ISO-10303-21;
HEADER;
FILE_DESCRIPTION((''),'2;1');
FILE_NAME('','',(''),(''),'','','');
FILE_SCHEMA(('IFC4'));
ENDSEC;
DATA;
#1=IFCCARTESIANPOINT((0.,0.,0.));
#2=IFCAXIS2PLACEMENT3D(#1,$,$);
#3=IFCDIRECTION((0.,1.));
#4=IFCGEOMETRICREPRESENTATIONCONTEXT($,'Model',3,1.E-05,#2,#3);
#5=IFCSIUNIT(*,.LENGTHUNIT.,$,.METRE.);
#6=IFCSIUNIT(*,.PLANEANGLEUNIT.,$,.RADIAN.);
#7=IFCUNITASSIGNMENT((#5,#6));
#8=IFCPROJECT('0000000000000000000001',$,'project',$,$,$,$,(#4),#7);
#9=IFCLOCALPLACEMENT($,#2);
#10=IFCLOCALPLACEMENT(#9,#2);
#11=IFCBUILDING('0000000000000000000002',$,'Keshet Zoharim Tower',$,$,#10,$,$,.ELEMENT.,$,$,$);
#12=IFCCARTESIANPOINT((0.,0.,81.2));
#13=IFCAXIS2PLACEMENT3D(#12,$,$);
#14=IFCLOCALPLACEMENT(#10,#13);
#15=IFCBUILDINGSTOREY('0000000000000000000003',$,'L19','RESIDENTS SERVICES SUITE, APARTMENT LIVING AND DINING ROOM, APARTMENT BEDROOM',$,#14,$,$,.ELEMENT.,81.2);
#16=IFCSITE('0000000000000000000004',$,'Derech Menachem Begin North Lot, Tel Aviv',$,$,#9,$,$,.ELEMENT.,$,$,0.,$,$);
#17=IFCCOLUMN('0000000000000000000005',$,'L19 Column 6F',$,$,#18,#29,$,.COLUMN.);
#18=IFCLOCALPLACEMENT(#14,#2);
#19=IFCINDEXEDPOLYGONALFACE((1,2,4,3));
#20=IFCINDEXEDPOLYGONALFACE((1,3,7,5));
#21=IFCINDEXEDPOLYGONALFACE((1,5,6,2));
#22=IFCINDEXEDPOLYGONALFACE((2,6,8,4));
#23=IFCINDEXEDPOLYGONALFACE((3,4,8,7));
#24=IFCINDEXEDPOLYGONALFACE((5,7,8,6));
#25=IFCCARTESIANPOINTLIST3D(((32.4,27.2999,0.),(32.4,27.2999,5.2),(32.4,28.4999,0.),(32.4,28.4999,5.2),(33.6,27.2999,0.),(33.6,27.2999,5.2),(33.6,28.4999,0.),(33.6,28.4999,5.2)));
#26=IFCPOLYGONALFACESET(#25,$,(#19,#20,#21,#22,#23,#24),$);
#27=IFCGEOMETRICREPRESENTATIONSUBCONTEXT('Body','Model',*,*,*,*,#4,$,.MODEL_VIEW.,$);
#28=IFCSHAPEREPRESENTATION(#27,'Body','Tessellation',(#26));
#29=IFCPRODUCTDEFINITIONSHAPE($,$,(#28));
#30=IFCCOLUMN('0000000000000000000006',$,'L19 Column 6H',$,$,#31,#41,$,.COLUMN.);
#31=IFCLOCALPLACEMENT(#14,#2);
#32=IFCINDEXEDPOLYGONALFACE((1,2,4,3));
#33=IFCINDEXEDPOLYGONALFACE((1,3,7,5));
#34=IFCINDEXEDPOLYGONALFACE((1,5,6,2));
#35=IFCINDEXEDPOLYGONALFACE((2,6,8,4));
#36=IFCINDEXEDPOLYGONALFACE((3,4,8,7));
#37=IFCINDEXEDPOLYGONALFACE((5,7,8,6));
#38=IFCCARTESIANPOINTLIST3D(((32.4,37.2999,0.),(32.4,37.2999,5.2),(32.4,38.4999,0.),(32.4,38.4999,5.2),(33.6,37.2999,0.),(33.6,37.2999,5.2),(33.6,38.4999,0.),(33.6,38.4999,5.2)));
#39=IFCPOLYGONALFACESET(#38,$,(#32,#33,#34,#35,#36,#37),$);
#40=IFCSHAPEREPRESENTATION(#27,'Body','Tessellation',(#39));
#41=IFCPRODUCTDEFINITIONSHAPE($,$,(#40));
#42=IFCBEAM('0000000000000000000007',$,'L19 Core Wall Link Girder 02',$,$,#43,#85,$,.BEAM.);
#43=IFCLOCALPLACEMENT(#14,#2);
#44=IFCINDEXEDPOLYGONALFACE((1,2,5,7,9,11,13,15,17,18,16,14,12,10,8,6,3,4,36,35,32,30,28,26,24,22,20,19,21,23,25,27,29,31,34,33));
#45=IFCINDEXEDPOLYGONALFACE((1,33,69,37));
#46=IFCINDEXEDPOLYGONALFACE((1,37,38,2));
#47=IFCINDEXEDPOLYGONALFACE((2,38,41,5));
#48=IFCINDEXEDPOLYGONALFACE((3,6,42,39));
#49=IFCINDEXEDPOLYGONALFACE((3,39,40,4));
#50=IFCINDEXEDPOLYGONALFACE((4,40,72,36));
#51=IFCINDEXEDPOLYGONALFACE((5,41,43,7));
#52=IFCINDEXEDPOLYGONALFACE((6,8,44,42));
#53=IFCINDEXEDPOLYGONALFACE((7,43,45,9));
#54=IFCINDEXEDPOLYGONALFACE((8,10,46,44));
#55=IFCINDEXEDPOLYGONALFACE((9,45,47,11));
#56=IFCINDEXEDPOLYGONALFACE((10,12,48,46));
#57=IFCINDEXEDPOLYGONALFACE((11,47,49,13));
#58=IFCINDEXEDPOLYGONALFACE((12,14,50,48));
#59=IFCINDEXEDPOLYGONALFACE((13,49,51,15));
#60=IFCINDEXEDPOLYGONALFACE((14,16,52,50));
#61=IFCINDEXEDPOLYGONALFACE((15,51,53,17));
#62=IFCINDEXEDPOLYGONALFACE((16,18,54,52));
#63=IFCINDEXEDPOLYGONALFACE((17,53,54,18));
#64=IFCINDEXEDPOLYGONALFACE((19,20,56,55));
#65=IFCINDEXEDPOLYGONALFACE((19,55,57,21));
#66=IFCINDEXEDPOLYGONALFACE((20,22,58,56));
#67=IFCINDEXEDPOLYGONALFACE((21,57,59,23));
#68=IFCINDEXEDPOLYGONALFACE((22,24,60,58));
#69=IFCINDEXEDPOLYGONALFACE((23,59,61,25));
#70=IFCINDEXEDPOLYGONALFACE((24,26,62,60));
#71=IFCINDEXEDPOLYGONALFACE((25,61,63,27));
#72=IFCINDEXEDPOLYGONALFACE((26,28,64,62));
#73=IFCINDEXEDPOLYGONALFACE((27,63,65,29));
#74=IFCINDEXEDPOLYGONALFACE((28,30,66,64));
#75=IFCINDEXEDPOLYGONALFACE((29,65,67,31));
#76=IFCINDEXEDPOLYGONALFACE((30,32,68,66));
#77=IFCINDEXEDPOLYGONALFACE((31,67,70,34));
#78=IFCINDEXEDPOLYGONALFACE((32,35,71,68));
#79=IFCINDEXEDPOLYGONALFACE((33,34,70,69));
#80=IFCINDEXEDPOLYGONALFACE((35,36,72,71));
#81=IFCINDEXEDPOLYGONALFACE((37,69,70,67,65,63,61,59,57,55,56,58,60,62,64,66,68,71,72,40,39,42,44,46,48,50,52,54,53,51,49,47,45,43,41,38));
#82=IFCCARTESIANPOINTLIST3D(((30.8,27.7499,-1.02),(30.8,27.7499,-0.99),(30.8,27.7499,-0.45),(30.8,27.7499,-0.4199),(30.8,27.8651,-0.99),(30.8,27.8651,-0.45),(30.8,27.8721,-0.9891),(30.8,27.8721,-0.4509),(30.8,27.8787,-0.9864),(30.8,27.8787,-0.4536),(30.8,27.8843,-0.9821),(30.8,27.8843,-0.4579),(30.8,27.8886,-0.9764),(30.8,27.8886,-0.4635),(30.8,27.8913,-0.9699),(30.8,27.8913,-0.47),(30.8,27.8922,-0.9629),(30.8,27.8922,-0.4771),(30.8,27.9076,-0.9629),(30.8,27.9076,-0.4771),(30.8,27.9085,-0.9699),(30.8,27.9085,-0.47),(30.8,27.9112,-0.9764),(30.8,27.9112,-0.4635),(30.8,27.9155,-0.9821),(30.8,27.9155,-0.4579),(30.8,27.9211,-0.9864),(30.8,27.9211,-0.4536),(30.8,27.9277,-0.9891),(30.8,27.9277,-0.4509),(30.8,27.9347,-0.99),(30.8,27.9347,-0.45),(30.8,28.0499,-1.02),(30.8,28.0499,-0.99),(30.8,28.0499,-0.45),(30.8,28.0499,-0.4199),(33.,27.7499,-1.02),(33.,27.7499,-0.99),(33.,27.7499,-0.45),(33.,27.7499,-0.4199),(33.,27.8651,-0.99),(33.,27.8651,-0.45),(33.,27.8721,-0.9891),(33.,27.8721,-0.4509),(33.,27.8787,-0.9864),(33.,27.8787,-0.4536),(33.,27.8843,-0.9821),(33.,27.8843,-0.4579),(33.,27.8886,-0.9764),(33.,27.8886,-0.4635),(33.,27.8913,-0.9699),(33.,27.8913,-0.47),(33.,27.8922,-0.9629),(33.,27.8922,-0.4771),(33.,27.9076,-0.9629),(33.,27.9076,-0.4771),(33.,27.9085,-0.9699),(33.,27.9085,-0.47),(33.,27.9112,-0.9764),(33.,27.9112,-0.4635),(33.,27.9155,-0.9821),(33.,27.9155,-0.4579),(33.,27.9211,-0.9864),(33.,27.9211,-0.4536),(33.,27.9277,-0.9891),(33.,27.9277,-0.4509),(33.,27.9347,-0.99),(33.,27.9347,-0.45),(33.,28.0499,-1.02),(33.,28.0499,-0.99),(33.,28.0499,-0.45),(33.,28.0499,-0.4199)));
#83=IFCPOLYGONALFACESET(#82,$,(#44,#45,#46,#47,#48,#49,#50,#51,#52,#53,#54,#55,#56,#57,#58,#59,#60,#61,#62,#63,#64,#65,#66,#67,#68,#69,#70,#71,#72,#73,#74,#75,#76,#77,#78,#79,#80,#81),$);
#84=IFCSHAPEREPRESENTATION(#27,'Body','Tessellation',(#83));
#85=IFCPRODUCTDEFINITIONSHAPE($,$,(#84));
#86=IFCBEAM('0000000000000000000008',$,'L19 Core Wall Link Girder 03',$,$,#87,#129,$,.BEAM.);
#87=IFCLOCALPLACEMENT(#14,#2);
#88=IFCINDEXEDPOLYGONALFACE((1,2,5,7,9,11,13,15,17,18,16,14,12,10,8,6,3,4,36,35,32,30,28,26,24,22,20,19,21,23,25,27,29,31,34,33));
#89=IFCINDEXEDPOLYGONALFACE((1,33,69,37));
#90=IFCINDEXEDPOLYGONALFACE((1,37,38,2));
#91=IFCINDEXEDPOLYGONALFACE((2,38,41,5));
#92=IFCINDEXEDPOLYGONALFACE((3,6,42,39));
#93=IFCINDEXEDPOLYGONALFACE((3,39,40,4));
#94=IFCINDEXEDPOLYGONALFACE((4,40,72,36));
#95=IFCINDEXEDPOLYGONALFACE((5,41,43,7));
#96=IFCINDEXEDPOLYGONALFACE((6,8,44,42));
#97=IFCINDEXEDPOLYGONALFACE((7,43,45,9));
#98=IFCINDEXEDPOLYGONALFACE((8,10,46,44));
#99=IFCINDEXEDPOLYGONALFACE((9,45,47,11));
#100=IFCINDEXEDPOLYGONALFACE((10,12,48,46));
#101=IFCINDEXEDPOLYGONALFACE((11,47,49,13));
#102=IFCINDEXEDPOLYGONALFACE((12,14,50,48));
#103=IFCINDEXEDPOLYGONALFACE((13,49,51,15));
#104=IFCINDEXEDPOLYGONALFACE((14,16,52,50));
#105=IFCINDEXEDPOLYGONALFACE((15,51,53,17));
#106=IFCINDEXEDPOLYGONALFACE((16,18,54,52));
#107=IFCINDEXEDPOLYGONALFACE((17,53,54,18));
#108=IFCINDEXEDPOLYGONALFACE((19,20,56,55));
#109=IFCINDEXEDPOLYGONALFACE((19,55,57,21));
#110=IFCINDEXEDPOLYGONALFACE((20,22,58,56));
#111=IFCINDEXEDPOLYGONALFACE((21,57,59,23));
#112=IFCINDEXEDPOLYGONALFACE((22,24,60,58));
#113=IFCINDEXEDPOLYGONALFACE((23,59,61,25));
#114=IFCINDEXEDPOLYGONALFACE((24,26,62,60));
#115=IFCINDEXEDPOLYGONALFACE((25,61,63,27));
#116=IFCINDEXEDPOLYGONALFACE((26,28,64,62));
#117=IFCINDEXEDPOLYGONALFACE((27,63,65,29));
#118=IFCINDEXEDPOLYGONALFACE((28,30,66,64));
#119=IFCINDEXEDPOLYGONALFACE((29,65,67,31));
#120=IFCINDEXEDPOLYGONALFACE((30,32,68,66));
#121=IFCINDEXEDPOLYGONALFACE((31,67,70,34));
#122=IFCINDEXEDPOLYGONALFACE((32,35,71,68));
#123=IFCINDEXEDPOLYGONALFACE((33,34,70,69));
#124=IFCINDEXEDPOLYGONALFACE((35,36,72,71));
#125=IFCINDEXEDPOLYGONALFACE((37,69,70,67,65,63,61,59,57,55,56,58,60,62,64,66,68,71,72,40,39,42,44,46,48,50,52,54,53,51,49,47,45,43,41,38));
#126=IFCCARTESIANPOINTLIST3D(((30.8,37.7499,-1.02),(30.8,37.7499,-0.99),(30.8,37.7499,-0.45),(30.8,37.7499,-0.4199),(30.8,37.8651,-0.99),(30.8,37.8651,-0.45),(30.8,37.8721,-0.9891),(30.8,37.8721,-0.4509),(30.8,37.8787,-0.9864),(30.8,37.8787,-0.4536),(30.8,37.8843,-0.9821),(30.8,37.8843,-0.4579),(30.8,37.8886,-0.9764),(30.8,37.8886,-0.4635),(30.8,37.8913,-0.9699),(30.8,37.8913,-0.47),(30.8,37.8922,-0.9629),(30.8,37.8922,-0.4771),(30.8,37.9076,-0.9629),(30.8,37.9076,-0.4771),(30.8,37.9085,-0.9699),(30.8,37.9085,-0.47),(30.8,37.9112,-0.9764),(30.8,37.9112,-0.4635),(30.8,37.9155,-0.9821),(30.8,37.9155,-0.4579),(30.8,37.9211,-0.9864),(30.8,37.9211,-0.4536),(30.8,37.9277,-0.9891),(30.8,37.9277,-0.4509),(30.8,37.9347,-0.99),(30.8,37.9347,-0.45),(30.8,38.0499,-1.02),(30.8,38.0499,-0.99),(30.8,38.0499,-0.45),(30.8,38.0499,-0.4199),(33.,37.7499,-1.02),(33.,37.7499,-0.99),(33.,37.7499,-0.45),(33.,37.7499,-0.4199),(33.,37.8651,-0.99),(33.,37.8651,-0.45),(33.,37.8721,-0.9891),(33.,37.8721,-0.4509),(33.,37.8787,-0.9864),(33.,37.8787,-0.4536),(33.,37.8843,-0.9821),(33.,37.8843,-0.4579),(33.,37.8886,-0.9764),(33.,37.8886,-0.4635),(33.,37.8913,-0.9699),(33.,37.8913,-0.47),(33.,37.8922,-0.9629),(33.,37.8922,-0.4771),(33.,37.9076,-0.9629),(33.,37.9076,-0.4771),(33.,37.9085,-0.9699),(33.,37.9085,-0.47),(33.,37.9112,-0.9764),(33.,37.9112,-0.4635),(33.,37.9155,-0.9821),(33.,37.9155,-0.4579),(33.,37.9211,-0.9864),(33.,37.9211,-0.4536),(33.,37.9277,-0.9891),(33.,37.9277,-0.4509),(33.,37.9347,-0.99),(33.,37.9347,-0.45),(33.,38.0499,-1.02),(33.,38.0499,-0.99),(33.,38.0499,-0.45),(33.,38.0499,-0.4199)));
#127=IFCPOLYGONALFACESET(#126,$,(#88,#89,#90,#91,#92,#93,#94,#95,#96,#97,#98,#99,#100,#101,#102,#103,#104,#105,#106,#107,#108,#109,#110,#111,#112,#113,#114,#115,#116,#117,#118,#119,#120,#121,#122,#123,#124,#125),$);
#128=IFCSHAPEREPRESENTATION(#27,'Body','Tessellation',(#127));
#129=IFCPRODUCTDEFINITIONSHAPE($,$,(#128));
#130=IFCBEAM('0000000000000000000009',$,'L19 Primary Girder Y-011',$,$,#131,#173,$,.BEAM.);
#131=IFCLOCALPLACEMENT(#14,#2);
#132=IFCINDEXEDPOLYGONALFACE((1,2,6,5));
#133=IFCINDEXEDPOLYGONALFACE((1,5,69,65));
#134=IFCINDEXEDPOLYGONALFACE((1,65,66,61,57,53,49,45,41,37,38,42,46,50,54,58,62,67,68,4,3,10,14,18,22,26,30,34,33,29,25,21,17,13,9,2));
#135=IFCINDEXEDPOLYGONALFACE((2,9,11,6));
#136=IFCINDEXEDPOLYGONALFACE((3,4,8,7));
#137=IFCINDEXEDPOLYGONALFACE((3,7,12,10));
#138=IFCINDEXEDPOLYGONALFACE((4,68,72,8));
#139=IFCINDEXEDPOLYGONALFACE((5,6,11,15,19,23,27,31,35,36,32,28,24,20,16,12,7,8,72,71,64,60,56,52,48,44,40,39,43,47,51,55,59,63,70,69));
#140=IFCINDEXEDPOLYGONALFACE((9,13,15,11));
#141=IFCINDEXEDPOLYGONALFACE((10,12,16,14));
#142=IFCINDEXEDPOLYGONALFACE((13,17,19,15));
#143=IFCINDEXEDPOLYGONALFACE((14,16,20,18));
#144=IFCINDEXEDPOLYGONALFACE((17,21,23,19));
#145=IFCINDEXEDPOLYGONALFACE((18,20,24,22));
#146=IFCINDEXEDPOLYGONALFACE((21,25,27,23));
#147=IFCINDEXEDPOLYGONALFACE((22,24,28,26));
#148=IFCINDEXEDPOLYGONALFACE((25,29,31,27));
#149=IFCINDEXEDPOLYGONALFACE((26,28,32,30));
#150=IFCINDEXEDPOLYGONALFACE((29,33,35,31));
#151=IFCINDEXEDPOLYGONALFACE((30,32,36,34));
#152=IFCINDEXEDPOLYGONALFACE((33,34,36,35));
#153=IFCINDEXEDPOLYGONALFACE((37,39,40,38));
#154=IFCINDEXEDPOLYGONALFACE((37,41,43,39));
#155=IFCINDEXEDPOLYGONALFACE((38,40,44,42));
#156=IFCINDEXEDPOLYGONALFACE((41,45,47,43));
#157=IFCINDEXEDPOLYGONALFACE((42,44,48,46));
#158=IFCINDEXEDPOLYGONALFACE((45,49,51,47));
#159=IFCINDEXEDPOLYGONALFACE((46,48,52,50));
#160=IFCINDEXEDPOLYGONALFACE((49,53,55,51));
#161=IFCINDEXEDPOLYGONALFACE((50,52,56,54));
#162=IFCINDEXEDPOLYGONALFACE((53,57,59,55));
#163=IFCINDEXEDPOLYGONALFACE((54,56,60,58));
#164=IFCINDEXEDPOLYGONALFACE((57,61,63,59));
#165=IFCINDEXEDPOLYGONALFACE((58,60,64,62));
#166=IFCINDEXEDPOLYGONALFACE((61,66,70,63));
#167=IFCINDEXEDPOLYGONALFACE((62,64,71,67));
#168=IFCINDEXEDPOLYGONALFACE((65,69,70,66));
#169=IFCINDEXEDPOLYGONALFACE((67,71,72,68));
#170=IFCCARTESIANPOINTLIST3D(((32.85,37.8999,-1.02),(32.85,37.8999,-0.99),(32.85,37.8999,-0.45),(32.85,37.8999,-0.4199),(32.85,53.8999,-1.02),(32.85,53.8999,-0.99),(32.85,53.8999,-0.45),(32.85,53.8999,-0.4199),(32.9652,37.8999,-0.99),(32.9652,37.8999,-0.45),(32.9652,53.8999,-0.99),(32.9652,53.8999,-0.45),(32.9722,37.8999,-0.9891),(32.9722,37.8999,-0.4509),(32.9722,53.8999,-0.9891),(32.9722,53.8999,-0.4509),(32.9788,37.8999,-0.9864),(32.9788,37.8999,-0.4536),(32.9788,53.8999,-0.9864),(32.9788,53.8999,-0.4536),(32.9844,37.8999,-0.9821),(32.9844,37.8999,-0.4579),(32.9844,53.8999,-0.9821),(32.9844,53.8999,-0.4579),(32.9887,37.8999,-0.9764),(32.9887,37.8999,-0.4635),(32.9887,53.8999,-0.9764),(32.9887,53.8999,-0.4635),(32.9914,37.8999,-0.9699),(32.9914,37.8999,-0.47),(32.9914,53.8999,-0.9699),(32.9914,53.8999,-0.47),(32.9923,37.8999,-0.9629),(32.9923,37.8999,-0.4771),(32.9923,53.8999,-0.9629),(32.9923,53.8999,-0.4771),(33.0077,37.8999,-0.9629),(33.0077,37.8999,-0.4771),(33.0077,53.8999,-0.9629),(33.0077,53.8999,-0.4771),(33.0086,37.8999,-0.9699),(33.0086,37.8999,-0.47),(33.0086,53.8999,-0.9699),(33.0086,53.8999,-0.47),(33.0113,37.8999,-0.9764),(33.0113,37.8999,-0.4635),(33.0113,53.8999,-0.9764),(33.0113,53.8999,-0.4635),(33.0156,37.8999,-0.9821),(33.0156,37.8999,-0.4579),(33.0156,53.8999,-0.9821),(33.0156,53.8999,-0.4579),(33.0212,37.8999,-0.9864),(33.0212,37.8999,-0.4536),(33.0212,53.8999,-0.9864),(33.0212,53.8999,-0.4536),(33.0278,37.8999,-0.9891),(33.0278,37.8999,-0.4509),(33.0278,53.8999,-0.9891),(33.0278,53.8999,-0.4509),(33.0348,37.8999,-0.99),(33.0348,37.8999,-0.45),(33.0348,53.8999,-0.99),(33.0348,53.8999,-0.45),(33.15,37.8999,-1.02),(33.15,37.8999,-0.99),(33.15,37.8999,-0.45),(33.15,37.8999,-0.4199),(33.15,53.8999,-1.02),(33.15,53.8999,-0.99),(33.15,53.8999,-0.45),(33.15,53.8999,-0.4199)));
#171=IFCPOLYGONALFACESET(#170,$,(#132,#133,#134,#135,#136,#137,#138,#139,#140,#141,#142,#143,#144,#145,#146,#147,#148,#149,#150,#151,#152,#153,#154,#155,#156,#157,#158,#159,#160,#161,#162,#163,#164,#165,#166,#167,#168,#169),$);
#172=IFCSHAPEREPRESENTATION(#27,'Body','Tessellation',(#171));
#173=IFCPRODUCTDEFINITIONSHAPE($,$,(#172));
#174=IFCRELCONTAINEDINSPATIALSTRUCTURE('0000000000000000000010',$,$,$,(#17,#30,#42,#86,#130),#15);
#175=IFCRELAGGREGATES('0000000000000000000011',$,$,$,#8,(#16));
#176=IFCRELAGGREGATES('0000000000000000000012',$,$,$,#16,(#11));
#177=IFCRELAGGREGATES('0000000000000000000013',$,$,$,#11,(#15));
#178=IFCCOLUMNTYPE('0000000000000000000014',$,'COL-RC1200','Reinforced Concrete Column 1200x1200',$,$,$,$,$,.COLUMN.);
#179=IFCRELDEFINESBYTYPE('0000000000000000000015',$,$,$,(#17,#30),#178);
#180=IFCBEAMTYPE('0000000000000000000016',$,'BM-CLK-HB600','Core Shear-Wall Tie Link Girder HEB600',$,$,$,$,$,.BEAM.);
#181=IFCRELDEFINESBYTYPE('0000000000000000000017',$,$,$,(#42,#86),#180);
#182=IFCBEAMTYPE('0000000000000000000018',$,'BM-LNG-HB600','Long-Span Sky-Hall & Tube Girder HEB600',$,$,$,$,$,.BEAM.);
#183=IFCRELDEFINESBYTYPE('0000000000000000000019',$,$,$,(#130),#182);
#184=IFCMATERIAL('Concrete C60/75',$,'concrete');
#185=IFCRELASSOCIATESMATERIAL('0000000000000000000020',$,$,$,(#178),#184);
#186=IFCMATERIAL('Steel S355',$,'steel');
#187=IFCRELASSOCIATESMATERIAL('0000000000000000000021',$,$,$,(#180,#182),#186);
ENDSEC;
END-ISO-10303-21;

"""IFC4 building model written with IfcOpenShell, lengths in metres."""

from ifc_helpers import new_model, si_unit, direction, frame, origin, origin_2d, place, context, subcontext, project, spatial, rectangle, i_section, extrude, material, material_profile, profile_set, type_object, element, save


model = new_model("IFC4")

# Units and contexts
model_context = context("Model", 3, precision=1e-05, world=origin(), true_north=direction((0.0, 1.0)))
body_context = subcontext(model_context, "Body", "Model", "MODEL_VIEW")
ifc_project = project(units=[si_unit("LENGTHUNIT", "METRE"), si_unit("PLANEANGLEUNIT", "RADIAN")], contexts=[model_context])

# Site, building, storey
site_placement = place(None, origin())
site = spatial("IfcSite", under=ifc_project, at=site_placement, Name="Derech Menachem Begin North Lot, Tel Aviv", CompositionType="ELEMENT", RefElevation=0.0)
building_placement = place(site_placement, origin())
building = spatial("IfcBuilding", under=site, at=building_placement, Name="Keshet Zoharim Tower", CompositionType="ELEMENT")
storey_placement = place(building_placement, frame((0.0, 0.0, 81.2)))
storey = spatial("IfcBuildingStorey", under=building, at=storey_placement, Name="L19", Description="RESIDENTS SERVICES SUITE, APARTMENT LIVING AND DINING ROOM, APARTMENT BEDROOM", CompositionType="ELEMENT", Elevation=81.2)

# Columns
ifc_material_1 = material(Name="Concrete C60/75", Category="concrete")
ifc_material_profile_1 = material_profile(ifc_material_1, rectangle(XDim=1.2, YDim=1.2, at=origin_2d()), Name="RC1200x1200")
ifc_profile_set_1 = profile_set([ifc_material_profile_1], Name="Concrete C60/75")
column_type = type_object("IfcColumnType", Name="COL-RC1200", Description="Reinforced Concrete Column 1200x1200", PredefinedType="COLUMN", material=ifc_profile_set_1)
for number, where, z_axis, x_axis, name in (
    (1, (33.0, 27.8999, 0.0), (0.0, 0.0, 1.0), (1.0, 0.0, 0.0), "L19 Column 6F"),
    (2, (33.0, 37.8999, 0.0), (0.0, 0.0, 1.0), (1.0, 0.0, 0.0), "L19 Column 6H"),
):
    element("IfcColumn", number, at=place(storey_placement, frame(where, z_axis=z_axis, x_axis=x_axis)), inside=storey, type_object=column_type, Name=name, PredefinedType="COLUMN", context=body_context, shape_type="SweptSolid", body=[
        extrude(rectangle(XDim=1.2, YDim=1.2, at=origin_2d()), origin(), (0.0, 0.0, 1.0), 5.2),
    ])

# Beams
ifc_material_2 = material(Name="Steel S355", Category="steel")
ifc_material_profile_2 = material_profile(ifc_material_2, i_section(OverallWidth=0.3, OverallDepth=0.6001, WebThickness=0.0154, FlangeThickness=0.03, FilletRadius=0.0271, at=origin_2d()), Name="HEB600")
ifc_profile_set_2 = profile_set([ifc_material_profile_2], Name="Steel S355")
beam_type_1 = type_object("IfcBeamType", Name="BM-CLK-HB600", Description="Core Shear-Wall Tie Link Girder HEB600", PredefinedType="BEAM", material=ifc_profile_set_2)
for number, where, z_axis, x_axis, name in (
    (3, (30.8, 27.8999, -0.72), (1.0, 0.0, 0.0), (0.0, 1.0, 0.0), "L19 Core Wall Link Girder 02"),
    (4, (30.8, 37.8999, -0.72), (1.0, 0.0, 0.0), (0.0, 1.0, 0.0), "L19 Core Wall Link Girder 03"),
):
    element("IfcBeam", number, at=place(storey_placement, frame(where, z_axis=z_axis, x_axis=x_axis)), inside=storey, type_object=beam_type_1, Name=name, PredefinedType="BEAM", context=body_context, shape_type="SweptSolid", body=[
        extrude(i_section(OverallWidth=0.3, OverallDepth=0.6001, WebThickness=0.0154, FlangeThickness=0.03, FilletRadius=0.0271, at=origin_2d()), origin(), (0.0, 0.0, 1.0), 2.2),
    ])
ifc_material_profile_3 = material_profile(ifc_material_2, i_section(OverallWidth=0.3, OverallDepth=0.6001, WebThickness=0.0154, FlangeThickness=0.03, FilletRadius=0.0271, at=origin_2d()), Name="HEB600")
ifc_profile_set_3 = profile_set([ifc_material_profile_3], Name="Steel S355")
beam_type_2 = type_object("IfcBeamType", Name="BM-LNG-HB600", Description="Long-Span Sky-Hall & Tube Girder HEB600", PredefinedType="BEAM", material=ifc_profile_set_3)
beam_1_placement = place(storey_placement, frame((33.0, 37.8999, -0.72), z_axis=(0.0, 1.0, 0.0), x_axis=(-1.0, 0.0, 0.0)))
element("IfcBeam", 5, at=beam_1_placement, inside=storey, type_object=beam_type_2, Name="L19 Primary Girder Y-011", PredefinedType="BEAM", context=body_context, shape_type="SweptSolid", body=[
    extrude(i_section(OverallWidth=0.3, OverallDepth=0.6001, WebThickness=0.0154, FlangeThickness=0.03, FilletRadius=0.0271, at=origin_2d()), origin(), (0.0, 0.0, 1.0), 16.0),
])

save(model, "model.ifc")
